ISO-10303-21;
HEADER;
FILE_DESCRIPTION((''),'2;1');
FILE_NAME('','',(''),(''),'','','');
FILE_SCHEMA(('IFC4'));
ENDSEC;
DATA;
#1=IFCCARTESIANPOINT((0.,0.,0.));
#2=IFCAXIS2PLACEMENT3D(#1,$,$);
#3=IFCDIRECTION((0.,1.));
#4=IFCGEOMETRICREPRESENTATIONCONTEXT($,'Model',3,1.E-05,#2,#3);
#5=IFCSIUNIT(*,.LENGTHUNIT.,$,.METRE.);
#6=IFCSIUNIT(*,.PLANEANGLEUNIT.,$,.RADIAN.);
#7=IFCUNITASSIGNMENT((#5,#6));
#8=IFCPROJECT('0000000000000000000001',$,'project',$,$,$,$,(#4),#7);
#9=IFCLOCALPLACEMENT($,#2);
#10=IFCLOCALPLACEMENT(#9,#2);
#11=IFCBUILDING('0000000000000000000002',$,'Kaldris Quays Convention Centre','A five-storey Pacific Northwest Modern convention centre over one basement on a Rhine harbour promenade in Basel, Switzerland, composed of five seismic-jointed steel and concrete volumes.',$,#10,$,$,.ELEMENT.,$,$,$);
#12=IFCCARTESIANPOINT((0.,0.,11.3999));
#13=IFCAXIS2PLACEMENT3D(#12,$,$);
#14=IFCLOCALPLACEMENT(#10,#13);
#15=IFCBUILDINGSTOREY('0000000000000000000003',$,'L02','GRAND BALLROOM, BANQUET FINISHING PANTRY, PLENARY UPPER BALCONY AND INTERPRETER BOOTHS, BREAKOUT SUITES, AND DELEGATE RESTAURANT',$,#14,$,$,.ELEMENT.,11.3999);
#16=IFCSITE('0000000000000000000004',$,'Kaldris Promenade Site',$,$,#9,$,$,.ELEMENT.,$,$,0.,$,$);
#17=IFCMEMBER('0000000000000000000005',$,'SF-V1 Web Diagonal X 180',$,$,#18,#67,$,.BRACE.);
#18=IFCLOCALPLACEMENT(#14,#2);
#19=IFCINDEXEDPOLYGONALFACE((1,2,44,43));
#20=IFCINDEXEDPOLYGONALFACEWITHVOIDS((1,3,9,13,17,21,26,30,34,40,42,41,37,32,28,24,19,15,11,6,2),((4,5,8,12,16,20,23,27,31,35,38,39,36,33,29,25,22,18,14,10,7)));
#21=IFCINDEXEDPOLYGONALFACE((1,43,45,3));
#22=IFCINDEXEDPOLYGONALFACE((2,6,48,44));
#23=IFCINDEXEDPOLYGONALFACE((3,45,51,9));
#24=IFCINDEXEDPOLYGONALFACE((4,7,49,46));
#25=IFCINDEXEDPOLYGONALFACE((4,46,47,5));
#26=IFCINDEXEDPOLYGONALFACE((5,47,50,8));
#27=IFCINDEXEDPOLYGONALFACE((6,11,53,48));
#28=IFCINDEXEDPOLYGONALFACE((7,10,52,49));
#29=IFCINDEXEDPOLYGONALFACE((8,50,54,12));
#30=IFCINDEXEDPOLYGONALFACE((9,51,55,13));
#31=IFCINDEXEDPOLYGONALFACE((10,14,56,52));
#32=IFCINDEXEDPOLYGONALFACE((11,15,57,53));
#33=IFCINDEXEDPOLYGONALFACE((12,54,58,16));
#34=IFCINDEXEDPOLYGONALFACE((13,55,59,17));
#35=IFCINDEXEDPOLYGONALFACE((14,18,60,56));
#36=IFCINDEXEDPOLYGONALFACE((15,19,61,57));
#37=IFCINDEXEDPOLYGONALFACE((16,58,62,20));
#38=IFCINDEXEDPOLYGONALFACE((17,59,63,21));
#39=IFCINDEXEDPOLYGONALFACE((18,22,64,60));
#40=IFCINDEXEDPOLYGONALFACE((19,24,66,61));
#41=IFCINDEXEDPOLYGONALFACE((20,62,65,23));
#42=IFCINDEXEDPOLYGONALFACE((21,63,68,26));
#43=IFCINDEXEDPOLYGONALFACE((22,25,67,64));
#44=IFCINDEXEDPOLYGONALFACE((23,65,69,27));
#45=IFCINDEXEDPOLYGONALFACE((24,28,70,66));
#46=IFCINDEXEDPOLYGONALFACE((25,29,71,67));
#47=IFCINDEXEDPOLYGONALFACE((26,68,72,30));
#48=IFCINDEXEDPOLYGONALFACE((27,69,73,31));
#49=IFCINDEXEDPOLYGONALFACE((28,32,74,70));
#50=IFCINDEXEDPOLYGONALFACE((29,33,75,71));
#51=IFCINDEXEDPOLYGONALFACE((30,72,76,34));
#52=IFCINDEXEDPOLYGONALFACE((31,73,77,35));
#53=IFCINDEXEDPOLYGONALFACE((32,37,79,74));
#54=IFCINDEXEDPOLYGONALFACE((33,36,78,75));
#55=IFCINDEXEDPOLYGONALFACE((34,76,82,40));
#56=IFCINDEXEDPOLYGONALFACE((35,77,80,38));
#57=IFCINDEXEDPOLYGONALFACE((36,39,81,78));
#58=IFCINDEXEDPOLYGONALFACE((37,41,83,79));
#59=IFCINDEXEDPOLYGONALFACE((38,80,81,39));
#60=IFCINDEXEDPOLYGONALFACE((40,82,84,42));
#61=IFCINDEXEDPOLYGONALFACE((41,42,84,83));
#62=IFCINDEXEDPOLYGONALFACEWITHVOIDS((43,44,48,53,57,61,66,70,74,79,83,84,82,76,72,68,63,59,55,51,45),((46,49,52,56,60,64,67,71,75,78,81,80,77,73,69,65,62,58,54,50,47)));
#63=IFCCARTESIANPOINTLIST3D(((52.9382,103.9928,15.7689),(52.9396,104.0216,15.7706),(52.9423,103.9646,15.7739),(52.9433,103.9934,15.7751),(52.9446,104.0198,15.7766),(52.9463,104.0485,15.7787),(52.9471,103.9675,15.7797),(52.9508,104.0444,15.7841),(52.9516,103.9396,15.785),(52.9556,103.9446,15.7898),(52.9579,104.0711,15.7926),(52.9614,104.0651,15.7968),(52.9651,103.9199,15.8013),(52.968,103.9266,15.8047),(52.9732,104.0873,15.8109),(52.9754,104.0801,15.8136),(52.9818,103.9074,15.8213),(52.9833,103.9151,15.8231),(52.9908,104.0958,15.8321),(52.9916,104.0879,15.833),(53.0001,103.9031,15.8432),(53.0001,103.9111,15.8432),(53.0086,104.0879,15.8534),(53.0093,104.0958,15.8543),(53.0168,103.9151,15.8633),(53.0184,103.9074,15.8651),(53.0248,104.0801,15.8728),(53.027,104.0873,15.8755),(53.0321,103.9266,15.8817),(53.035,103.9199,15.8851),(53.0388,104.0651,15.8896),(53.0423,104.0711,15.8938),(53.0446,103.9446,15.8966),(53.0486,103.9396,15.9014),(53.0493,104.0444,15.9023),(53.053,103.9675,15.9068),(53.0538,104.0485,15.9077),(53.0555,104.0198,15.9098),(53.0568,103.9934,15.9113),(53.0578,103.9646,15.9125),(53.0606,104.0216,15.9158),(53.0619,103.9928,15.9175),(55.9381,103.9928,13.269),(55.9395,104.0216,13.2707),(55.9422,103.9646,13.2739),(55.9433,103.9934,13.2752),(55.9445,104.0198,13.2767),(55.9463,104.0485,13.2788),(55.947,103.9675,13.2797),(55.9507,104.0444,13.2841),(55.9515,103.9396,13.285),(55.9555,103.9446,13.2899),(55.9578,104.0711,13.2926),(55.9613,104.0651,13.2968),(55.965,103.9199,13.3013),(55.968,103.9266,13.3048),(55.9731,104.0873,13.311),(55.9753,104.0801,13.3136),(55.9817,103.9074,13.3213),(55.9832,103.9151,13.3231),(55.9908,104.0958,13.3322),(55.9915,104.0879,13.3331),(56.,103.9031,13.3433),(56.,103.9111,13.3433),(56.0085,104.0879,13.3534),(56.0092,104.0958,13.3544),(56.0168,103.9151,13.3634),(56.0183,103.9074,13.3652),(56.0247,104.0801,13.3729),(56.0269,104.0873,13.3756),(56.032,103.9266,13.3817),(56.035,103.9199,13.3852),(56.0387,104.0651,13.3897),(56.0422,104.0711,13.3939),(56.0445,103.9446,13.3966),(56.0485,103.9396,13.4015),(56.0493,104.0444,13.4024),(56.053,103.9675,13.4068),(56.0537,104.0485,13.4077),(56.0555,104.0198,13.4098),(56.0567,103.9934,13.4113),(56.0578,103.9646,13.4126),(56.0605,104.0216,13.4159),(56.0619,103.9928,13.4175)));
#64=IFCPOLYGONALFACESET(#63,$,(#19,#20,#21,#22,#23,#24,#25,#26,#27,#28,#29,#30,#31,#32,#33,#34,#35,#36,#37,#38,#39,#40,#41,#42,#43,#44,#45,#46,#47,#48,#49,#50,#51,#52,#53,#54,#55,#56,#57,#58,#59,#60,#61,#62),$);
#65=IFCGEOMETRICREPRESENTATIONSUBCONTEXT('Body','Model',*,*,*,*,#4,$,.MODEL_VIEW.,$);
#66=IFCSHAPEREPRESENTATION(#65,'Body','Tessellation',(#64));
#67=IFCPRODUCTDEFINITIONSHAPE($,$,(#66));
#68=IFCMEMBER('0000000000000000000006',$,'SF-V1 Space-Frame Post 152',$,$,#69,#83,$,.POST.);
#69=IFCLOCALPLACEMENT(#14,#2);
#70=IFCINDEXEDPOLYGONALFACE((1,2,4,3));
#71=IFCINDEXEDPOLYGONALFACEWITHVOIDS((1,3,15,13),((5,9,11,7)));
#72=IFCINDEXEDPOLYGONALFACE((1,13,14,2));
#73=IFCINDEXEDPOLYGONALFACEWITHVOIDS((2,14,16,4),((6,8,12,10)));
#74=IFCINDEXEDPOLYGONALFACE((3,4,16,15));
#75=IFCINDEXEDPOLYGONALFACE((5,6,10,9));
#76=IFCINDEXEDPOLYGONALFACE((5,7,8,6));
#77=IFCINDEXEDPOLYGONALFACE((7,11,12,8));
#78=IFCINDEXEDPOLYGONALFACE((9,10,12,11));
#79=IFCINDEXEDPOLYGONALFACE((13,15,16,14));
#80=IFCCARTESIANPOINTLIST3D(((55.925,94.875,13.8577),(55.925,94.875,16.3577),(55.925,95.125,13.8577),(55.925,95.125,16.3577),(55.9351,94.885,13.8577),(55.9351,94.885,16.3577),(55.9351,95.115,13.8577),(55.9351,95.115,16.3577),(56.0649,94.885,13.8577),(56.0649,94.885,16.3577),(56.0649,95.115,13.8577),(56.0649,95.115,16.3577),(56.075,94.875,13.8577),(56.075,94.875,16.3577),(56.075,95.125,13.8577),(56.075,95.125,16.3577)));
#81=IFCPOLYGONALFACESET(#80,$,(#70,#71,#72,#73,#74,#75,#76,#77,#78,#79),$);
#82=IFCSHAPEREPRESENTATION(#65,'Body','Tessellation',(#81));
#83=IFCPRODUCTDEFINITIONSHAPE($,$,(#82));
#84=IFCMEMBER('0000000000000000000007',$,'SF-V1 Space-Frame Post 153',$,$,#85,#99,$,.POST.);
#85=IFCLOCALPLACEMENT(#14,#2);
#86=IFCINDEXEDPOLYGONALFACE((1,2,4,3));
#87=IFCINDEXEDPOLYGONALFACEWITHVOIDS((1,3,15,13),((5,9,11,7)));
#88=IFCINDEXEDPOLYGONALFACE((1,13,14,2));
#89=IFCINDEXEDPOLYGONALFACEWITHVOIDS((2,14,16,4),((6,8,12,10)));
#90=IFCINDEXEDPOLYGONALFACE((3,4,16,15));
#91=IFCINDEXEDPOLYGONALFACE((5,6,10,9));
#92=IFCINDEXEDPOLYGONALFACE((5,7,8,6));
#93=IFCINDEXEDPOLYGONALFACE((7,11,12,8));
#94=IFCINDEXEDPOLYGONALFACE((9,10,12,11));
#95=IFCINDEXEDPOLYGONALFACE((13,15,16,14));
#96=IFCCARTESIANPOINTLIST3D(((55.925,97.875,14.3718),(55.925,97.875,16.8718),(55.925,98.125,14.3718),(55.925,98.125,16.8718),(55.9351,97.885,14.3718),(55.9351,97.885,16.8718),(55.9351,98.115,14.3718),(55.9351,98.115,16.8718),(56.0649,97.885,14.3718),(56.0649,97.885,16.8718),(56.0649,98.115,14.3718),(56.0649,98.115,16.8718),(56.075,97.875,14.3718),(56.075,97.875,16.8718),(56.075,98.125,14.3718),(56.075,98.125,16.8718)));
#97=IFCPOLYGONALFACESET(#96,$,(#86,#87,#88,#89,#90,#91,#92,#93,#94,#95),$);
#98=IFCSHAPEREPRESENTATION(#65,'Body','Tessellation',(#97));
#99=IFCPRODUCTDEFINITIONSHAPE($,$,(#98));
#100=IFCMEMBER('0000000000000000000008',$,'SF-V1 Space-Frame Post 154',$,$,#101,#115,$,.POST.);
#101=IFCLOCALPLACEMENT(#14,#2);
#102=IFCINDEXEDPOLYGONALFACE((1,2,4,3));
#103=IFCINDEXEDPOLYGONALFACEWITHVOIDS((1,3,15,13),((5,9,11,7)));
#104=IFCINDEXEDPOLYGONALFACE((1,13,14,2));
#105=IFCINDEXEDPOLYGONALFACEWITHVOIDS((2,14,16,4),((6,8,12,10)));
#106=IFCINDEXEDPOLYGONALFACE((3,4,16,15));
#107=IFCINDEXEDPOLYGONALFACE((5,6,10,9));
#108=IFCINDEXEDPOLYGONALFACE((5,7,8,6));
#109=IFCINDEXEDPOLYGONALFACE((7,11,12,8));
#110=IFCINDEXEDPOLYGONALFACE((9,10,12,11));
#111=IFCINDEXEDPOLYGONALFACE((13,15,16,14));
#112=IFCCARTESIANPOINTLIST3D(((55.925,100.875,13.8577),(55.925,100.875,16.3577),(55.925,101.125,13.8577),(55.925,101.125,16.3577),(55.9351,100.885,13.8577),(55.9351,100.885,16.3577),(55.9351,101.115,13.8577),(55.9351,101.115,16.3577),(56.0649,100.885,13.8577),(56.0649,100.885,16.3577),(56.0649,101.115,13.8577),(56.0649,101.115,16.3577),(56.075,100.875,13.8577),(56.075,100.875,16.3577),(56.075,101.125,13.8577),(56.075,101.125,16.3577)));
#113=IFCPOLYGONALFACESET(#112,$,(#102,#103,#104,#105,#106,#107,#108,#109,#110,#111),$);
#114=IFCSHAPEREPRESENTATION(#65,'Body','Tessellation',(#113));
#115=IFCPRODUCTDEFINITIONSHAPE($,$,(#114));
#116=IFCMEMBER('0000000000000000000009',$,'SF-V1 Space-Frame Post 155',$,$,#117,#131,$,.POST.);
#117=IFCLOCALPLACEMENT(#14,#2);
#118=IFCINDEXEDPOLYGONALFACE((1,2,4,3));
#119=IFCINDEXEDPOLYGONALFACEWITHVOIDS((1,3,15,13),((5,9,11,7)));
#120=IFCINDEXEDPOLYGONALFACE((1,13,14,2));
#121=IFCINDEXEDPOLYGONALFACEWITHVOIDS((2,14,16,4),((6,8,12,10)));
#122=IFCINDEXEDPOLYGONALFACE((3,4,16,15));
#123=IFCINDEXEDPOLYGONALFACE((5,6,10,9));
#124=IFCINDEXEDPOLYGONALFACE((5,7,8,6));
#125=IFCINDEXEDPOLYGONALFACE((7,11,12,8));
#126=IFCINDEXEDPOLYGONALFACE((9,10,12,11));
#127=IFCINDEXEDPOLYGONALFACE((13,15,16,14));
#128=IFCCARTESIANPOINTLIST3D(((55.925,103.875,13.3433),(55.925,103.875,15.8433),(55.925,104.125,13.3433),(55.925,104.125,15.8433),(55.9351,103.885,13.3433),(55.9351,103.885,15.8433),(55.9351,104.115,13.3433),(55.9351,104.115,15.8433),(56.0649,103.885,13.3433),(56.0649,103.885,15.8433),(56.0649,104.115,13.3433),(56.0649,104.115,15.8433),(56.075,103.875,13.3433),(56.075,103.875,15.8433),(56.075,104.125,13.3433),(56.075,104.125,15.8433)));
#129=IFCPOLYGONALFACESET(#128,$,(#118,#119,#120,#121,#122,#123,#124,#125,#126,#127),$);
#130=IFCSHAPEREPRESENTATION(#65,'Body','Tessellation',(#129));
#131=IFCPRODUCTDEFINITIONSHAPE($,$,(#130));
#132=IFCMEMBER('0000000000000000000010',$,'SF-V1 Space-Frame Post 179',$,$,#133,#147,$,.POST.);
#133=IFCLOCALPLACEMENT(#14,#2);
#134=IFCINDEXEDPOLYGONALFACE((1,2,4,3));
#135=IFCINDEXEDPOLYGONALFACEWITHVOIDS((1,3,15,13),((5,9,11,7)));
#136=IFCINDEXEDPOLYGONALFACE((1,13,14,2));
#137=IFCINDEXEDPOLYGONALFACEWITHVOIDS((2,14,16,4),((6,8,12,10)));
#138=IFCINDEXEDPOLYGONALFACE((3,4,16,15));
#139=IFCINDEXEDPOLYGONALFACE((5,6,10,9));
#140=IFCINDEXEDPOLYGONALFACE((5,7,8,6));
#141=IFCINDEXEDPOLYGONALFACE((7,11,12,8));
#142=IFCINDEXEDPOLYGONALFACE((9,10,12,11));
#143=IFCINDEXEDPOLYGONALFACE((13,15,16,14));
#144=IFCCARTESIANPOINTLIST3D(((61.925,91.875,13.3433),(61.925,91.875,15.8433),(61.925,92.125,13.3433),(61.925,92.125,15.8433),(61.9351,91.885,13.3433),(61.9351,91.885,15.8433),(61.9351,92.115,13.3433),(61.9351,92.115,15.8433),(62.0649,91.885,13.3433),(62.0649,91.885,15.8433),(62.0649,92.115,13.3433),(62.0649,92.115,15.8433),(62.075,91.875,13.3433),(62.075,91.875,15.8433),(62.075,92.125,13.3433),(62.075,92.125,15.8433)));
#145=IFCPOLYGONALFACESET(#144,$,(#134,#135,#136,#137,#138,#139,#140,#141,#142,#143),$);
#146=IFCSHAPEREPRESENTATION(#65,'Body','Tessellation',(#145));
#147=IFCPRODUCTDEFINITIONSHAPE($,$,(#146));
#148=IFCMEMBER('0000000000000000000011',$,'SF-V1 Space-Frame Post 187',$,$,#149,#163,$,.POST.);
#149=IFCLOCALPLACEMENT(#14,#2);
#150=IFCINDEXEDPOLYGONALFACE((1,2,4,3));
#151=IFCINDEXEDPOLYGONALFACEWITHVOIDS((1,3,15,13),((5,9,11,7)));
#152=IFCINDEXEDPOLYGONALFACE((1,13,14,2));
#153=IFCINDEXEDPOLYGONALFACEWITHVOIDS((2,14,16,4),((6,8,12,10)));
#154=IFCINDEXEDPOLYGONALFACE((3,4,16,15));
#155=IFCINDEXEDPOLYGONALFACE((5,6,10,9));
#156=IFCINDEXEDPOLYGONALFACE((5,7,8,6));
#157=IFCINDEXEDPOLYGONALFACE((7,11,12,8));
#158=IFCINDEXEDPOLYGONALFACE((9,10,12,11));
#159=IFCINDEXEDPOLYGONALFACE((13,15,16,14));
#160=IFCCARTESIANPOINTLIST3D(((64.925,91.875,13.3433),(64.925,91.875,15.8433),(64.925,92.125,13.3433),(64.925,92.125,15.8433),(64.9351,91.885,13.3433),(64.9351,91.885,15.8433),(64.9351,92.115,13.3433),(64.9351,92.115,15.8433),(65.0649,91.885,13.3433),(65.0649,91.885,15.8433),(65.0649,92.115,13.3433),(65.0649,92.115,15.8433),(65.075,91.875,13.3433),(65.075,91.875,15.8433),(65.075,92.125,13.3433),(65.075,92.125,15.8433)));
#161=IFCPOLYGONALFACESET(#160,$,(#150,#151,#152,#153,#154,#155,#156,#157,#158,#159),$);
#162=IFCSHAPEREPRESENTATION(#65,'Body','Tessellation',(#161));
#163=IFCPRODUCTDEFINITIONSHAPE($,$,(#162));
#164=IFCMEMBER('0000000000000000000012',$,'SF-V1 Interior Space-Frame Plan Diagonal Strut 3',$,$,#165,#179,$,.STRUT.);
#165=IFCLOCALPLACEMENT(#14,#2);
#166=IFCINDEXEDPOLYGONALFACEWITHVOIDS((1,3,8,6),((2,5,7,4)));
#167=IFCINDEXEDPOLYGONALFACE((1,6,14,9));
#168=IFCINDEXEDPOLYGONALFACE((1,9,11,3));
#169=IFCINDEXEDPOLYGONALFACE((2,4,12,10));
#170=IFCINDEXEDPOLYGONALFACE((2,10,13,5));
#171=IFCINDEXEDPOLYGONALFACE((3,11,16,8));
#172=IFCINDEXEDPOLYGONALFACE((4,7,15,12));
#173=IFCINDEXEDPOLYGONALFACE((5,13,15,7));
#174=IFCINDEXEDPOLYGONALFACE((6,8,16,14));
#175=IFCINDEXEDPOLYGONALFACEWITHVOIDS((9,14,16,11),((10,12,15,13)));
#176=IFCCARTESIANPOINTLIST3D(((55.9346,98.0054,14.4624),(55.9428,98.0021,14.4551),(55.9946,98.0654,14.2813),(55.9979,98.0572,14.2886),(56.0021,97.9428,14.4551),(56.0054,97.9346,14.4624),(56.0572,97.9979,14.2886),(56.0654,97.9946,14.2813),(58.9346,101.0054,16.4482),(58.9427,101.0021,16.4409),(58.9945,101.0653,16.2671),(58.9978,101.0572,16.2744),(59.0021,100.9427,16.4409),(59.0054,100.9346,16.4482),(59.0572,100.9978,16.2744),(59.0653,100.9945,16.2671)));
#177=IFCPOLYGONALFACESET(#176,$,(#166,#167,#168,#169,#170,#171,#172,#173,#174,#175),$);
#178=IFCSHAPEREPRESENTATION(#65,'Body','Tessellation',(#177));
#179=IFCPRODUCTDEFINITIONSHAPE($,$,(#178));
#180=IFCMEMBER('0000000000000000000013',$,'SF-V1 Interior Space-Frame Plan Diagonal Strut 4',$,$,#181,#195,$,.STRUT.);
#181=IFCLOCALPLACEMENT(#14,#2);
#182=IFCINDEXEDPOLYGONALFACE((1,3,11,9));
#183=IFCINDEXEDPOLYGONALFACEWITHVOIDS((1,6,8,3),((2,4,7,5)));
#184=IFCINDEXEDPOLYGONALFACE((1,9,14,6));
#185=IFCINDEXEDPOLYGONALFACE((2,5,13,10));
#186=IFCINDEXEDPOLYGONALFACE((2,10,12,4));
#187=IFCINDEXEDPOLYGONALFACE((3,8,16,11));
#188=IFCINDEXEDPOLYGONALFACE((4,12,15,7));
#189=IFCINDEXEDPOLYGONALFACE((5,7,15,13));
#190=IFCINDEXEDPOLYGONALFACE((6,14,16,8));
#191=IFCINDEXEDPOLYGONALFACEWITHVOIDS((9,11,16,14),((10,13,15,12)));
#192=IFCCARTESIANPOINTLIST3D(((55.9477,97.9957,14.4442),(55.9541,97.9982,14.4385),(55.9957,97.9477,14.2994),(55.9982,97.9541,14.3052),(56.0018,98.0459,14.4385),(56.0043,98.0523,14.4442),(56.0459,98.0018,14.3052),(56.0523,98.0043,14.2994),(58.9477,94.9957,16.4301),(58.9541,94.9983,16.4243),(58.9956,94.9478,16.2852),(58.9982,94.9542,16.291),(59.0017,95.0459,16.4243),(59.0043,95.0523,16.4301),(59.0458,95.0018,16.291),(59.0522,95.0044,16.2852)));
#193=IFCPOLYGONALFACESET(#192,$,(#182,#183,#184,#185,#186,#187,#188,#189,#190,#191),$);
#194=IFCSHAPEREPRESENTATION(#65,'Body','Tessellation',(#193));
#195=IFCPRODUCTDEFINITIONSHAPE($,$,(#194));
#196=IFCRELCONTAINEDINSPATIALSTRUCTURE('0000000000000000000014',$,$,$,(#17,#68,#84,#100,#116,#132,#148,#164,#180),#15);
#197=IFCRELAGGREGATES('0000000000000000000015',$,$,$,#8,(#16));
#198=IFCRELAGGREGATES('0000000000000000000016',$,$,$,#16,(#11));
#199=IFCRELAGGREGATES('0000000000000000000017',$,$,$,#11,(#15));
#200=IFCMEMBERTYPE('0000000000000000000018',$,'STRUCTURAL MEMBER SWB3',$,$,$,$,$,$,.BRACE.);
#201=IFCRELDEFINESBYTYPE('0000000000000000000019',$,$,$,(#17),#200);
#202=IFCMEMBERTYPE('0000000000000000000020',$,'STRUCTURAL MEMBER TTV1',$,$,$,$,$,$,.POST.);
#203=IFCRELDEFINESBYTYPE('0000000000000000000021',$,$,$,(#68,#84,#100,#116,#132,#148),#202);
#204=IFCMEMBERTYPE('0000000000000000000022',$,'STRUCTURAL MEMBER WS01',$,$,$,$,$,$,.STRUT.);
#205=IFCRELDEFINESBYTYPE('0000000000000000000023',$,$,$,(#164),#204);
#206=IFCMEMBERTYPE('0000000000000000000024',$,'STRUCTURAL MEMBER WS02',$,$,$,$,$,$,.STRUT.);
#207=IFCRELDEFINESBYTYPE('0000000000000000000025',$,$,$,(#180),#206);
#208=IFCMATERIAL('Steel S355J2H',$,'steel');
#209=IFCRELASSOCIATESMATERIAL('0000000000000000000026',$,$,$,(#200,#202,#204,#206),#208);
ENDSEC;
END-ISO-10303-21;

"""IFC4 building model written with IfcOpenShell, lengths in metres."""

from ifc_helpers import new_model, si_unit, direction, frame, origin, origin_2d, place, context, subcontext, project, spatial, hollow_rectangle, hollow_circle, extrude, material, material_profile, profile_set, type_object, element, save


model = new_model("IFC4")

# Units and contexts
model_context = context("Model", 3, precision=1e-05, world=origin(), true_north=direction((0.0, 1.0)))
body_context = subcontext(model_context, "Body", "Model", "MODEL_VIEW")
ifc_project = project(units=[si_unit("LENGTHUNIT", "METRE"), si_unit("PLANEANGLEUNIT", "RADIAN")], contexts=[model_context])

# Site, building, storey
site_placement = place(None, origin())
site = spatial("IfcSite", under=ifc_project, at=site_placement, Name="Kaldris Promenade Site", CompositionType="ELEMENT", RefElevation=0.0)
building_placement = place(site_placement, origin())
building = spatial("IfcBuilding", under=site, at=building_placement, Name="Kaldris Quays Convention Centre", Description="A five-storey Pacific Northwest Modern convention centre over one basement on a Rhine harbour promenade in Basel, Switzerland, composed of five seismic-jointed steel and concrete volumes.", CompositionType="ELEMENT")
storey_placement = place(building_placement, frame((0.0, 0.0, 11.3999)))
storey = spatial("IfcBuildingStorey", under=building, at=storey_placement, Name="L02", Description="GRAND BALLROOM, BANQUET FINISHING PANTRY, PLENARY UPPER BALCONY AND INTERPRETER BOOTHS, BREAKOUT SUITES, AND DELEGATE RESTAURANT", CompositionType="ELEMENT", Elevation=11.3999)

# Members
ifc_material_1 = material(Name="Steel S355J2H", Category="steel")
ifc_material_profile_1 = material_profile(ifc_material_1, hollow_circle(Radius=0.0969, WallThickness=0.0081, at=origin_2d()), Name="CHS 193.7x8")
ifc_profile_set_1 = profile_set([ifc_material_profile_1], Name="Steel S355J2H")
member_type_1 = type_object("IfcMemberType", Name="STRUCTURAL MEMBER SWB3", PredefinedType="BRACE", material=ifc_profile_set_1)
for number, where, z_axis, x_axis, name in (
    (1, (56.0, 104.0, 13.3433), (-0.768221, 0.0, 0.640184), (0.0, -1.0, 0.0), "SF-V1 Web Diagonal X 180"),
):
    element("IfcMember", number, at=place(storey_placement, frame(where, z_axis=z_axis, x_axis=x_axis)), inside=storey, type_object=member_type_1, Name=name, PredefinedType="BRACE", context=body_context, shape_type="SweptSolid", body=[
        extrude(hollow_circle(Radius=0.0969, WallThickness=0.0081, at=origin_2d()), origin(), (0.0, 0.0, 1.0), 3.905),
    ])
ifc_material_profile_2 = material_profile(ifc_material_1, hollow_rectangle(XDim=0.1499, YDim=0.25, WallThickness=0.01, at=origin_2d()), Name="RHS 250x150x10")
ifc_profile_set_2 = profile_set([ifc_material_profile_2], Name="Steel S355J2H")
member_type_2 = type_object("IfcMemberType", Name="STRUCTURAL MEMBER TTV1", PredefinedType="POST", material=ifc_profile_set_2)
for number, where, z_axis, x_axis, name in (
    (2, (56.0, 95.0, 13.8577), (0.0, 0.0, 1.0), (1.0, 0.0, 0.0), "SF-V1 Space-Frame Post 152"),
    (3, (56.0, 98.0, 14.3718), (0.0, 0.0, 1.0), (1.0, 0.0, 0.0), "SF-V1 Space-Frame Post 153"),
    (4, (56.0, 101.0, 13.8577), (0.0, 0.0, 1.0), (1.0, 0.0, 0.0), "SF-V1 Space-Frame Post 154"),
    (5, (56.0, 104.0, 13.3433), (0.0, 0.0, 1.0), (1.0, 0.0, 0.0), "SF-V1 Space-Frame Post 155"),
    (6, (62.0, 92.0, 13.3433), (0.0, 0.0, 1.0), (1.0, 0.0, 0.0), "SF-V1 Space-Frame Post 179"),
    (7, (65.0, 92.0, 13.3433), (0.0, 0.0, 1.0), (1.0, 0.0, 0.0), "SF-V1 Space-Frame Post 187"),
):
    element("IfcMember", number, at=place(storey_placement, frame(where, z_axis=z_axis, x_axis=x_axis)), inside=storey, type_object=member_type_2, Name=name, PredefinedType="POST", context=body_context, shape_type="SweptSolid", body=[
        extrude(hollow_rectangle(XDim=0.1499, YDim=0.25, WallThickness=0.01, at=origin_2d()), origin(), (0.0, 0.0, 1.0), 2.5),
    ])
ifc_material_profile_3 = material_profile(ifc_material_1, hollow_rectangle(XDim=0.1001, YDim=0.2, WallThickness=0.0081, at=origin_2d()), Name="RHS 200x100x8")
ifc_profile_set_3 = profile_set([ifc_material_profile_3], Name="Steel S355J2H")
member_type_3 = type_object("IfcMemberType", Name="STRUCTURAL MEMBER WS01", PredefinedType="STRUT", material=ifc_profile_set_3)
member_1_placement = place(storey_placement, frame((56.0, 98.0, 14.3718), z_axis=(0.640424, 0.640424, 0.423927), x_axis=(-0.707107, 0.707107, 0.0)))
element("IfcMember", 8, at=member_1_placement, inside=storey, type_object=member_type_3, Name="SF-V1 Interior Space-Frame Plan Diagonal Strut 3", PredefinedType="STRUT", context=body_context, shape_type="SweptSolid", body=[
    extrude(hollow_rectangle(XDim=0.1001, YDim=0.2, WallThickness=0.0081, at=origin_2d()), origin(), (0.0, 0.0, 1.0), 4.6843),
])
ifc_material_profile_4 = material_profile(ifc_material_1, hollow_rectangle(XDim=0.0801, YDim=0.1599, WallThickness=0.0063, at=origin_2d()), Name="RHS 160x80x6.3")
ifc_profile_set_4 = profile_set([ifc_material_profile_4], Name="Steel S355J2H")
member_type_4 = type_object("IfcMemberType", Name="STRUCTURAL MEMBER WS02", PredefinedType="STRUT", material=ifc_profile_set_4)
member_2_placement = place(storey_placement, frame((56.0, 98.0, 14.3718), z_axis=(0.640424, -0.640424, 0.423927), x_axis=(0.707107, 0.707107, 0.0)))
element("IfcMember", 9, at=member_2_placement, inside=storey, type_object=member_type_4, Name="SF-V1 Interior Space-Frame Plan Diagonal Strut 4", PredefinedType="STRUT", context=body_context, shape_type="SweptSolid", body=[
    extrude(hollow_rectangle(XDim=0.0801, YDim=0.1599, WallThickness=0.0063, at=origin_2d()), origin(), (0.0, 0.0, 1.0), 4.6843),
])

save(model, "model.ifc")
